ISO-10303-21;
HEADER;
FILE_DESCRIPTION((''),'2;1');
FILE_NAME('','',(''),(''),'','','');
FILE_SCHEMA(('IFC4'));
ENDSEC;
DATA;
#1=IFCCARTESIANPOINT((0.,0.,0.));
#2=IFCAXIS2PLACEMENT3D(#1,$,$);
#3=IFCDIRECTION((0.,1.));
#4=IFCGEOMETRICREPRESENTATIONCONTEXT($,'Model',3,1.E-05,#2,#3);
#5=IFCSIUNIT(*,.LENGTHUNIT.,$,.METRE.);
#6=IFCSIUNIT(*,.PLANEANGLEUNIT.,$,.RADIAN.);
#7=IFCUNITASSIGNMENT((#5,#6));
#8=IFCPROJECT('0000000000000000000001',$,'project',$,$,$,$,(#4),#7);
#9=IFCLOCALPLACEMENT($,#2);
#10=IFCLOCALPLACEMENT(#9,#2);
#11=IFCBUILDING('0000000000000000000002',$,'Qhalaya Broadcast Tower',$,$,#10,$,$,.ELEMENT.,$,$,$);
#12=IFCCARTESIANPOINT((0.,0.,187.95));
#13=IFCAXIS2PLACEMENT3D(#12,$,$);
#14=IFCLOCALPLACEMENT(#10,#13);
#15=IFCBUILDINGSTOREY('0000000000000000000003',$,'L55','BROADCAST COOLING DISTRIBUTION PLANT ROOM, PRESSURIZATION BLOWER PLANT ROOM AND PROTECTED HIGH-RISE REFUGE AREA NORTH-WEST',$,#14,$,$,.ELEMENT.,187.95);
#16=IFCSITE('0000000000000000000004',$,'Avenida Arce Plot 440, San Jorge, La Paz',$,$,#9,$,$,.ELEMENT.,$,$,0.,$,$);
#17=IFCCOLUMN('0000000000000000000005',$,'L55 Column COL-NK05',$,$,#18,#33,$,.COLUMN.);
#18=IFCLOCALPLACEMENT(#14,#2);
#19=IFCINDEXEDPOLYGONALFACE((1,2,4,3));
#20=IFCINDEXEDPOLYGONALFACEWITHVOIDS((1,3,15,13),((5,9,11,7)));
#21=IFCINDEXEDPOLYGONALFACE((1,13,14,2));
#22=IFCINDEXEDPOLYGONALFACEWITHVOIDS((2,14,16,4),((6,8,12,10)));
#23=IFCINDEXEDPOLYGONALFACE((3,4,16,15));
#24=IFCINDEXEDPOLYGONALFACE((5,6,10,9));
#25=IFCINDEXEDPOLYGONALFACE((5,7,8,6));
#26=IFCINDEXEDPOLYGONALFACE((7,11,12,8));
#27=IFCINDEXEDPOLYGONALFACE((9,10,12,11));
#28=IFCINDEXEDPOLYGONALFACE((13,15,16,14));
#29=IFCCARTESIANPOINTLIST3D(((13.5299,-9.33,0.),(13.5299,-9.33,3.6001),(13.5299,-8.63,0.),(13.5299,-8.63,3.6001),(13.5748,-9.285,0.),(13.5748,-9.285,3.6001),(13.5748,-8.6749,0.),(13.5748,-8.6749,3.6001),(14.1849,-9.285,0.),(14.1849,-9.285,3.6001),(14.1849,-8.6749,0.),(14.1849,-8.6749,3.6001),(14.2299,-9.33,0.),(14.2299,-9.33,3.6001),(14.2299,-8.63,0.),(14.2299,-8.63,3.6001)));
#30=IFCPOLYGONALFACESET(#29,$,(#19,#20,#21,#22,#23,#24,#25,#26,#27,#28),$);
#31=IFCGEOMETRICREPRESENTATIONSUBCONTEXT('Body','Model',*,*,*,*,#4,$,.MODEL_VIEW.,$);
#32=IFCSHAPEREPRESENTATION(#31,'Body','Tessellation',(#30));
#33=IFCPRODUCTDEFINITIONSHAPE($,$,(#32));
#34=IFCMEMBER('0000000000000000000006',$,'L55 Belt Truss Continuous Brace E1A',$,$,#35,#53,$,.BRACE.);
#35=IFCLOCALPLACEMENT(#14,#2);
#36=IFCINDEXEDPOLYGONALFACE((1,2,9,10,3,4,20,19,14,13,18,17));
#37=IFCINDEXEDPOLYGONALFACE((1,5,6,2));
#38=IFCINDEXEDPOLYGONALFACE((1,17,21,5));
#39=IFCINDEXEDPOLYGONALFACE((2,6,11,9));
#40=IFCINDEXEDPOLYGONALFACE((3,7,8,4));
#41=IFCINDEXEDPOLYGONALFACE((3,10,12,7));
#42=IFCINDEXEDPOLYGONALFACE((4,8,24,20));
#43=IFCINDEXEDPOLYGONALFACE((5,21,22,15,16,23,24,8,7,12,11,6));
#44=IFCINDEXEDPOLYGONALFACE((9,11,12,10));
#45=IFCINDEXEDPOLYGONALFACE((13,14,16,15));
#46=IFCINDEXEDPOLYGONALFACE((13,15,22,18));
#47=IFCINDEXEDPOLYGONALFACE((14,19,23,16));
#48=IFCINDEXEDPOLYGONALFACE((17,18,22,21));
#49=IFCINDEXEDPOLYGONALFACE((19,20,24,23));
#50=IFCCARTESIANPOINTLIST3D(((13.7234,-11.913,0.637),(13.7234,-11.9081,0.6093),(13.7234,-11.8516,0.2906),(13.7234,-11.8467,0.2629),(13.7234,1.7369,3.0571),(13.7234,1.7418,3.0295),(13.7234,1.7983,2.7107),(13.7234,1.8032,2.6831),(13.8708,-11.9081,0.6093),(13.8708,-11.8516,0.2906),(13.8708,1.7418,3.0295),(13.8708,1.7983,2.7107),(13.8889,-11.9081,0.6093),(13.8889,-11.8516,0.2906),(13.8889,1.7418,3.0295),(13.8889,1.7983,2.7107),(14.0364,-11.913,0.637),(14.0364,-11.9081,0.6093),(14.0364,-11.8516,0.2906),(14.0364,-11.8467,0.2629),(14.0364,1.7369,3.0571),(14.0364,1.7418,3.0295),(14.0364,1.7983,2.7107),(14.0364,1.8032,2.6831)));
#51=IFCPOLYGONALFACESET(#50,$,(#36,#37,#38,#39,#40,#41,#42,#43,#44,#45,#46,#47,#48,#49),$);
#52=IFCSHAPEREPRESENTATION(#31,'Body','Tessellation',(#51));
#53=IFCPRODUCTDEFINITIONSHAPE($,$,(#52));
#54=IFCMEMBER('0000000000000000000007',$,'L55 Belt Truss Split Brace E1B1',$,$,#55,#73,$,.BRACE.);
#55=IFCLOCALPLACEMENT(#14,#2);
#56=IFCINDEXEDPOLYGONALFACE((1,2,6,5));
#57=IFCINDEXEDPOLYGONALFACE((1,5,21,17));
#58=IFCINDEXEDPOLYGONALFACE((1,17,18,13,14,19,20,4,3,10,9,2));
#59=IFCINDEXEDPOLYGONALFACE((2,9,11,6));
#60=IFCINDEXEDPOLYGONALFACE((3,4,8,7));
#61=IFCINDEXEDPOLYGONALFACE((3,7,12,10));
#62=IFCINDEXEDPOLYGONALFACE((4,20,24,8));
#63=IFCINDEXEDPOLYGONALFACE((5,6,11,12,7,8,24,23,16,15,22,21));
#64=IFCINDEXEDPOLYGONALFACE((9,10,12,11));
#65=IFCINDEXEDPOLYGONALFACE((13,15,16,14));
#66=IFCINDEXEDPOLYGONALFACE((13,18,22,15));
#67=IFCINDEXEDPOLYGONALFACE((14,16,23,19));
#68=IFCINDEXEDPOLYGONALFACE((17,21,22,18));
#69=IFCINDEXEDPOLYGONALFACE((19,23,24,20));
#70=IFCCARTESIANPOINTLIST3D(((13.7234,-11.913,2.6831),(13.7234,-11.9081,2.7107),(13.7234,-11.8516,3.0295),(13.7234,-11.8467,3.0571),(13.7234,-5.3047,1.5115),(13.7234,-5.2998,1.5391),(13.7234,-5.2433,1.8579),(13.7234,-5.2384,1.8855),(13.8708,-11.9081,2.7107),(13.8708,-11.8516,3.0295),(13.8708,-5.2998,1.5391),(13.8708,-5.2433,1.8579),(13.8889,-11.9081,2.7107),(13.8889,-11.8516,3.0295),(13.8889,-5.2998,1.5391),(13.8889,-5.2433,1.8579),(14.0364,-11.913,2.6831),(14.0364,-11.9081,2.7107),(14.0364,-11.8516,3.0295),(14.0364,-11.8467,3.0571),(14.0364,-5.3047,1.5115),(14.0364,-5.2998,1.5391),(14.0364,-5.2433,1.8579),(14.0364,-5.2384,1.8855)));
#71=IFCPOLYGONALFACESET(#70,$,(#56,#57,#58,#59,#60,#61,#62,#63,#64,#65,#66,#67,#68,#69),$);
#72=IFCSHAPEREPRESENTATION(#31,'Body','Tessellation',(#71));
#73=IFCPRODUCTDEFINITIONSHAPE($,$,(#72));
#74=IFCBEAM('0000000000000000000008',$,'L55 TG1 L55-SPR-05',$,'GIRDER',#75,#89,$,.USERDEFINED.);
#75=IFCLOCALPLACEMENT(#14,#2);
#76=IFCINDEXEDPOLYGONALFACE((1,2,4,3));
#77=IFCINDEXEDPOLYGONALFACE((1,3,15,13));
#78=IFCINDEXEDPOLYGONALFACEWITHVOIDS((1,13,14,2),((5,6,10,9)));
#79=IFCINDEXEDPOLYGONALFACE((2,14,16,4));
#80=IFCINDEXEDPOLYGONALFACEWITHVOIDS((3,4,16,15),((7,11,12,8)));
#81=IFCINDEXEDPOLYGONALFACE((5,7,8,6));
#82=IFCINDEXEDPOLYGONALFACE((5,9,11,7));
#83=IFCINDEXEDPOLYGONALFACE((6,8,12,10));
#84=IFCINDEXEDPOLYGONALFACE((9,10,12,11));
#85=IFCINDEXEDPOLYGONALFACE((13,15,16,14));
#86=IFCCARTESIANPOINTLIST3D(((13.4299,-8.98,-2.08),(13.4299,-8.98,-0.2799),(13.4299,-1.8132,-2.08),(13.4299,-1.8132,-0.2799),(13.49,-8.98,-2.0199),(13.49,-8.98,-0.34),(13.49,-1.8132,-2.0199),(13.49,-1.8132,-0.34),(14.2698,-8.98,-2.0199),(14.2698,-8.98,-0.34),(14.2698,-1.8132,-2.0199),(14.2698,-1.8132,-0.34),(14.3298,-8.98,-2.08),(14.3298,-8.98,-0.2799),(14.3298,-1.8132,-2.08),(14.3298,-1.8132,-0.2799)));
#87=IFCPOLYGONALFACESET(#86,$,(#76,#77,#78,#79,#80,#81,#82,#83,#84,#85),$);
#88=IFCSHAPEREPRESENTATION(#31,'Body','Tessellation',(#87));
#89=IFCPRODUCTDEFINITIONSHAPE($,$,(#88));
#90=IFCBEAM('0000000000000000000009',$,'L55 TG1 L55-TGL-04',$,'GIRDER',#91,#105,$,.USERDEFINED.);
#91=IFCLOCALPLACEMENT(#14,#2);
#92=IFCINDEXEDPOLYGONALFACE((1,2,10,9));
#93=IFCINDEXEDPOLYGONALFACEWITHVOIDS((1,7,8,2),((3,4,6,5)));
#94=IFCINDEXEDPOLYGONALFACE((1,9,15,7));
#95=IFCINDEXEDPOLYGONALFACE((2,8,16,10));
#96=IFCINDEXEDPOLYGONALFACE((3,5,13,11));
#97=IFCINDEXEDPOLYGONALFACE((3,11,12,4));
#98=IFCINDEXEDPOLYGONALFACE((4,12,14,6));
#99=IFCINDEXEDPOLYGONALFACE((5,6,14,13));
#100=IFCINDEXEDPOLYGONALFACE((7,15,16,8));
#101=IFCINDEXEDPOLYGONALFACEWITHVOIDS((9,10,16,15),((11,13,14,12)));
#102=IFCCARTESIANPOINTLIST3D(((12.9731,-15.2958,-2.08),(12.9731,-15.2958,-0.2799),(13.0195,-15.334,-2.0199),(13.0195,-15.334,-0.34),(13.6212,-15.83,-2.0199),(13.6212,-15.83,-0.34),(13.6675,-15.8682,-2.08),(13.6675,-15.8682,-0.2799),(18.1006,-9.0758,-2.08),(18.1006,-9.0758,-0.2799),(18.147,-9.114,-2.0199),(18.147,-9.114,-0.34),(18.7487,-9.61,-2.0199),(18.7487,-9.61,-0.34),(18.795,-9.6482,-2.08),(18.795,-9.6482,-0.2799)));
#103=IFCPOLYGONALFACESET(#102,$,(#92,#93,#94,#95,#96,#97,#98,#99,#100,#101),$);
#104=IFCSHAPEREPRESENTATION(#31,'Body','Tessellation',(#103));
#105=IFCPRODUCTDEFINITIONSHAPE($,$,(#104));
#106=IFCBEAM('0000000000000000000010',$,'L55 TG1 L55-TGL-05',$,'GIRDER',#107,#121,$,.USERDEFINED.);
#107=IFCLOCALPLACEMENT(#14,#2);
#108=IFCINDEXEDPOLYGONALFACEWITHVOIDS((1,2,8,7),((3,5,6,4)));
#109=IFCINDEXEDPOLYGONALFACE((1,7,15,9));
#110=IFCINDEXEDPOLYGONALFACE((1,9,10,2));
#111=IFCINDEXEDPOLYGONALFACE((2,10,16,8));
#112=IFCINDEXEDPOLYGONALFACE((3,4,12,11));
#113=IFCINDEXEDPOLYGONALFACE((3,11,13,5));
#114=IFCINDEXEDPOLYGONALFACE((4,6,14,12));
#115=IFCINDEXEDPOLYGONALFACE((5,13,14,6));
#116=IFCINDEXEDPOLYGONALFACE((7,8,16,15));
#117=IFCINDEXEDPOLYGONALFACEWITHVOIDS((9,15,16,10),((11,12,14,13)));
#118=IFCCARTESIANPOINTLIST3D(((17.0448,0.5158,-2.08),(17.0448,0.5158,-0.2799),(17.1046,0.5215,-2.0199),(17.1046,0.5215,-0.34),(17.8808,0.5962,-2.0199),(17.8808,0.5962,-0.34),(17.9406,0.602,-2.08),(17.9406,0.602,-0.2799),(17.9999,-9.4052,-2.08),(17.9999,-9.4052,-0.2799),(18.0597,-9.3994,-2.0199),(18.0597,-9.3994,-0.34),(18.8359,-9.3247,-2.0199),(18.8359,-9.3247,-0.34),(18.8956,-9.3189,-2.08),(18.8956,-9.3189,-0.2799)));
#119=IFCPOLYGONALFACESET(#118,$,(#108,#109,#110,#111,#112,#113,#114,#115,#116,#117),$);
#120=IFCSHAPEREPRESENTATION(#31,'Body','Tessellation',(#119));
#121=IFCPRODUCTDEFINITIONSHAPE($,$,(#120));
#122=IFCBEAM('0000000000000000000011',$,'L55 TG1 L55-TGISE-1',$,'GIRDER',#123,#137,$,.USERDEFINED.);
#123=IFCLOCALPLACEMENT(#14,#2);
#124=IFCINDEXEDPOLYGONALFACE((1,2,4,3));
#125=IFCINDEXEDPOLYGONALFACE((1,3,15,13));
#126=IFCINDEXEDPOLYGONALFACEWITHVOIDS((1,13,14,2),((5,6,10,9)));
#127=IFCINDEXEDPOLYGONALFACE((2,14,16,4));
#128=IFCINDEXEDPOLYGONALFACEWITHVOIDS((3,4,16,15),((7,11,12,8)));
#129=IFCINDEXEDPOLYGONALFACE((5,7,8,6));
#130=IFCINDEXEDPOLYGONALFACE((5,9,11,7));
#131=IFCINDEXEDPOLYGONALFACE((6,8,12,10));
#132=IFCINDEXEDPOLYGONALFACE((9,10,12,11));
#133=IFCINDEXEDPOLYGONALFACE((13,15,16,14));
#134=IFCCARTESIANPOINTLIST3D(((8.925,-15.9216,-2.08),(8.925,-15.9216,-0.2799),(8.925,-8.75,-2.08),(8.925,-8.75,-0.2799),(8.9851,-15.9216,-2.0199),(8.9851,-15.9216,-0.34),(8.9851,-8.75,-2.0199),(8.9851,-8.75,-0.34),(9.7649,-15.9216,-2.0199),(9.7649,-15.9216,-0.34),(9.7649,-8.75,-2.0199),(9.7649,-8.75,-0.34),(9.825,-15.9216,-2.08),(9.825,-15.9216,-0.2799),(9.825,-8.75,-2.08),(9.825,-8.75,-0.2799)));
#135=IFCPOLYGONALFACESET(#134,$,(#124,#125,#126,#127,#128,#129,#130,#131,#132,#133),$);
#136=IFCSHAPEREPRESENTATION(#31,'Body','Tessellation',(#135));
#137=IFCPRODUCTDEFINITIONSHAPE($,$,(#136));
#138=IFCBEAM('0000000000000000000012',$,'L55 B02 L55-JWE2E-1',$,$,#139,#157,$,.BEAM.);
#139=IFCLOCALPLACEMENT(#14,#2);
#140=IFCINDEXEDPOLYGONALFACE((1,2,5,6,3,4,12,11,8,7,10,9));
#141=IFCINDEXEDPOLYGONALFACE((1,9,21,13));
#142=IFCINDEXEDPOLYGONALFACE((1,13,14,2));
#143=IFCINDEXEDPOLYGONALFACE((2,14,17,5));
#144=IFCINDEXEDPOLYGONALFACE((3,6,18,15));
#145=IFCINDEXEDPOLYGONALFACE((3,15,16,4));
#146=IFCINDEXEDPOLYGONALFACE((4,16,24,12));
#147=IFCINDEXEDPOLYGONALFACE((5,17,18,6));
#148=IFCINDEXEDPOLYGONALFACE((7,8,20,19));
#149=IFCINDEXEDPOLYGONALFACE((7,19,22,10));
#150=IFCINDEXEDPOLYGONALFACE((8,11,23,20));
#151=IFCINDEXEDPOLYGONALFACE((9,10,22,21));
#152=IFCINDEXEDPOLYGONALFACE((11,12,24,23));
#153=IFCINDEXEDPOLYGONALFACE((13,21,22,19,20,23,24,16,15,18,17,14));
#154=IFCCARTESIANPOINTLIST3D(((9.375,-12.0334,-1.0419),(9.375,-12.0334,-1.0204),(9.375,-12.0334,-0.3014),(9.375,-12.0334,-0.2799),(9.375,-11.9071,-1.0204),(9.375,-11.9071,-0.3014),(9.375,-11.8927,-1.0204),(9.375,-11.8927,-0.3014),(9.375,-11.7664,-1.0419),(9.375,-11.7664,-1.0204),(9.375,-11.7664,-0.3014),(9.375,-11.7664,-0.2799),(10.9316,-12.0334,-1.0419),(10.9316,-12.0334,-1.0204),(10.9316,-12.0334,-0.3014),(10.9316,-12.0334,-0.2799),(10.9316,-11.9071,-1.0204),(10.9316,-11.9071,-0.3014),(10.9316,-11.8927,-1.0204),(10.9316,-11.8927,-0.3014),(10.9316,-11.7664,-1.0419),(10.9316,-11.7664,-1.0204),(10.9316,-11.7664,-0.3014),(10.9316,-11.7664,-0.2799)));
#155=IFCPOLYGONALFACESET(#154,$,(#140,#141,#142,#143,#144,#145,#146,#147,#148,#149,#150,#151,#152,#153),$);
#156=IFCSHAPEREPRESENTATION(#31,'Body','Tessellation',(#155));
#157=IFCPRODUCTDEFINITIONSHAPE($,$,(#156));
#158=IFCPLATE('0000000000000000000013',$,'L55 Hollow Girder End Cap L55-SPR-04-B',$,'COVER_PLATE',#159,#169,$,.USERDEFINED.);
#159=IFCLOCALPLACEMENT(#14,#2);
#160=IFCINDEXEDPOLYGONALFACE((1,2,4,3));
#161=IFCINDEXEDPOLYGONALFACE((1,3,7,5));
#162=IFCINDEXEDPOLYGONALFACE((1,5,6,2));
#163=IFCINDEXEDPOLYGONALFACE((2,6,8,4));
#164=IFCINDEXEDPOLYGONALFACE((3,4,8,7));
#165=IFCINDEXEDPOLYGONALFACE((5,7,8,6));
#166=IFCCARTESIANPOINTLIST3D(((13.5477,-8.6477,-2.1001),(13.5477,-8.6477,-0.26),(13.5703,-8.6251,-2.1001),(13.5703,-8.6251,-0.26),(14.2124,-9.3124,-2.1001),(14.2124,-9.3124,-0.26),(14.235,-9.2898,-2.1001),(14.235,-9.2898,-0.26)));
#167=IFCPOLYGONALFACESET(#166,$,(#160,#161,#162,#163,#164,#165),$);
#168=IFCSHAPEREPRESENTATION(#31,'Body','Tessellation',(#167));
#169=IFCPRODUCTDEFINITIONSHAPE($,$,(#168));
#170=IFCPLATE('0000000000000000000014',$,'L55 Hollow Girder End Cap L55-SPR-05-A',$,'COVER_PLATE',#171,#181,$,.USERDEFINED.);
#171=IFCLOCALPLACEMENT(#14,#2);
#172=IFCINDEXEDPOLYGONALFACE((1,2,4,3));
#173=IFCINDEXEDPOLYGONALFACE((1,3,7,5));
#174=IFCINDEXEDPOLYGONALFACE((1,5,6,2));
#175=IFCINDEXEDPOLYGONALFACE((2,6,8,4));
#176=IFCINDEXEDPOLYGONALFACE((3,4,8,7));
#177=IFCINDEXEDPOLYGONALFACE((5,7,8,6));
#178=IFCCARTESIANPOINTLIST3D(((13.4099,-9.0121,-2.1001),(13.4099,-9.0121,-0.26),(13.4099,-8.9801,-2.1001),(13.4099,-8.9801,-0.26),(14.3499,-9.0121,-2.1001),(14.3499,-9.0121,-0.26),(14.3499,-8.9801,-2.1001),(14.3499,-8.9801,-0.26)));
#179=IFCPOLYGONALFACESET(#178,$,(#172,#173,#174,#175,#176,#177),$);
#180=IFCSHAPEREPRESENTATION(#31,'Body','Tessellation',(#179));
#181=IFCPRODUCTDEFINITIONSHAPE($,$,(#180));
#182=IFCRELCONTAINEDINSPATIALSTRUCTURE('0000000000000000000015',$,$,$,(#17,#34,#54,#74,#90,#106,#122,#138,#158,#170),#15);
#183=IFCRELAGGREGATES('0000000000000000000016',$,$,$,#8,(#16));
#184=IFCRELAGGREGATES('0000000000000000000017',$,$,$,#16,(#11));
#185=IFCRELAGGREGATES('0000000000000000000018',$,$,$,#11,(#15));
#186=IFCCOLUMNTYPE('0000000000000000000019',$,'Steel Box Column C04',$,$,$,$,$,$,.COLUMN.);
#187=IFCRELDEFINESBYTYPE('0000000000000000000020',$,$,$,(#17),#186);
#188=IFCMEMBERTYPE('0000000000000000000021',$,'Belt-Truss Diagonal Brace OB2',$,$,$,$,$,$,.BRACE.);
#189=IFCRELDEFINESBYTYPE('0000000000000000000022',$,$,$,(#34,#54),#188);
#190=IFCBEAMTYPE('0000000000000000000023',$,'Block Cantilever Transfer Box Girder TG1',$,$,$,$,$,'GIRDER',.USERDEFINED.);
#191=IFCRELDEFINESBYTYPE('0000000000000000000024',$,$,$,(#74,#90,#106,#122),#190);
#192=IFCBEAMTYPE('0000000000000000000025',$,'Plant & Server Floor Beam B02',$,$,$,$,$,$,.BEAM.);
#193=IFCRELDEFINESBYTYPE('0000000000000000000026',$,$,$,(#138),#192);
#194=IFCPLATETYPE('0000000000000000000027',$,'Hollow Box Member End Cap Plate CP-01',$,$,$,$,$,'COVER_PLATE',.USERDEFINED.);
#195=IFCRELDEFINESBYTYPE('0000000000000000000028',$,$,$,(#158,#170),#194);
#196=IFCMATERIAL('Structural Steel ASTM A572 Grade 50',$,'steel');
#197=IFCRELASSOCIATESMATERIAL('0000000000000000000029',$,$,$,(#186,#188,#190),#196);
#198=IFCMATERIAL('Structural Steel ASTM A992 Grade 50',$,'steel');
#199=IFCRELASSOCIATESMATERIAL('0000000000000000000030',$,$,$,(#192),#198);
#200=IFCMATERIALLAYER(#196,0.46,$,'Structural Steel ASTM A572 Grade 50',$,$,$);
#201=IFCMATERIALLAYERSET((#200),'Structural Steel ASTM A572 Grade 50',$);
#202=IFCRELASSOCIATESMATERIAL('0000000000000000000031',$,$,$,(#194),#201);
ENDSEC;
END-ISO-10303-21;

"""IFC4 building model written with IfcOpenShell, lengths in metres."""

from ifc_helpers import new_model, si_unit, direction, frame, origin, origin_2d, place, context, subcontext, project, spatial, rectangle, hollow_rectangle, i_section, extrude, material, layer, layer_set, material_profile, profile_set, type_object, element, save


model = new_model("IFC4")

# Units and contexts
model_context = context("Model", 3, precision=1e-05, world=origin(), true_north=direction((0.0, 1.0)))
body_context = subcontext(model_context, "Body", "Model", "MODEL_VIEW")
ifc_project = project(units=[si_unit("LENGTHUNIT", "METRE"), si_unit("PLANEANGLEUNIT", "RADIAN")], contexts=[model_context])

# Site, building, storey
site_placement = place(None, origin())
site = spatial("IfcSite", under=ifc_project, at=site_placement, Name="Avenida Arce Plot 440, San Jorge, La Paz", CompositionType="ELEMENT", RefElevation=0.0)
building_placement = place(site_placement, origin())
building = spatial("IfcBuilding", under=site, at=building_placement, Name="Qhalaya Broadcast Tower", CompositionType="ELEMENT")
storey_placement = place(building_placement, frame((0.0, 0.0, 187.95)))
storey = spatial("IfcBuildingStorey", under=building, at=storey_placement, Name="L55", Description="BROADCAST COOLING DISTRIBUTION PLANT ROOM, PRESSURIZATION BLOWER PLANT ROOM AND PROTECTED HIGH-RISE REFUGE AREA NORTH-WEST", CompositionType="ELEMENT", Elevation=187.95)

# Column
ifc_material_1 = material(Name="Structural Steel ASTM A572 Grade 50", Category="steel")
ifc_material_profile_1 = material_profile(ifc_material_1, hollow_rectangle(XDim=0.7, YDim=0.7, WallThickness=0.0449, at=origin_2d()), Name="BOX 700x700x45")
ifc_profile_set_1 = profile_set([ifc_material_profile_1], Name="Structural Steel ASTM A572 Grade 50")
column_type = type_object("IfcColumnType", Name="Steel Box Column C04", PredefinedType="COLUMN", material=ifc_profile_set_1)
column_placement = place(storey_placement, frame((13.8799, -8.98, 0.0), z_axis=(0.0, 0.0, 1.0), x_axis=(0.0, 1.0, 0.0)))
element("IfcColumn", 1, at=column_placement, inside=storey, type_object=column_type, Name="L55 Column COL-NK05", PredefinedType="COLUMN", context=body_context, shape_type="SweptSolid", body=[
    extrude(hollow_rectangle(XDim=0.7, YDim=0.7, WallThickness=0.0449, at=origin_2d()), origin(), (0.0, 0.0, 1.0), 3.6001),
])

# Members
ifc_material_profile_2 = material_profile(ifc_material_1, i_section(OverallWidth=0.313, OverallDepth=0.3799, WebThickness=0.0181, FlangeThickness=0.0281, at=origin_2d()), Name="W12X120")
ifc_profile_set_2 = profile_set([ifc_material_profile_2], Name="Structural Steel ASTM A572 Grade 50")
member_type = type_object("IfcMemberType", Name="Belt-Truss Diagonal Brace OB2", PredefinedType="BRACE", material=ifc_profile_set_2)
member_1_placement = place(storey_placement, frame((13.8799, -11.8799, 0.45), z_axis=(0.0, 0.984643, 0.17458), x_axis=(-1.0, 0.0, 0.0)))
element("IfcMember", 2, at=member_1_placement, inside=storey, type_object=member_type, Name="L55 Belt Truss Continuous Brace E1A", PredefinedType="BRACE", context=body_context, shape_type="SweptSolid", body=[
    extrude(i_section(OverallWidth=0.313, OverallDepth=0.3799, WebThickness=0.0181, FlangeThickness=0.0281, at=origin_2d()), origin(), (0.0, 0.0, 1.0), 13.8628),
])
member_2_placement = place(storey_placement, frame((13.8799, -11.8799, 2.8701), z_axis=(0.0, 0.984644, -0.174572), x_axis=(-1.0, 0.0, 0.0)))
element("IfcMember", 3, at=member_2_placement, inside=storey, type_object=member_type, Name="L55 Belt Truss Split Brace E1B1", PredefinedType="BRACE", context=body_context, shape_type="SweptSolid", body=[
    extrude(i_section(OverallWidth=0.313, OverallDepth=0.3799, WebThickness=0.0181, FlangeThickness=0.0281, at=origin_2d()), origin(), (0.0, 0.0, 1.0), 6.7114),
])

# Beams
ifc_material_profile_3 = material_profile(ifc_material_1, hollow_rectangle(XDim=0.8999, YDim=1.8, WallThickness=0.0601, at=origin_2d()), Name="BOX 900x1800x60")
ifc_profile_set_3 = profile_set([ifc_material_profile_3], Name="Structural Steel ASTM A572 Grade 50")
beam_type_1 = type_object("IfcBeamType", Name="Block Cantilever Transfer Box Girder TG1", ElementType="GIRDER", PredefinedType="USERDEFINED", material=ifc_profile_set_3)
beam_1_placement = place(storey_placement, frame((13.8799, -8.98, -1.1799), z_axis=(0.0, 1.0, 0.0), x_axis=(-1.0, 0.0, 0.0)))
element("IfcBeam", 4, at=beam_1_placement, inside=storey, type_object=beam_type_1, Name="L55 TG1 L55-SPR-05", ObjectType="GIRDER", PredefinedType="USERDEFINED", context=body_context, shape_type="SweptSolid", body=[
    extrude(hollow_rectangle(XDim=0.8999, YDim=1.8, WallThickness=0.0601, at=origin_2d()), origin(), (0.0, 0.0, 1.0), 7.1667),
])
beam_2_placement = place(storey_placement, frame((13.3203, -15.582, -1.1799), z_axis=(0.636085, 0.771619, 0.0), x_axis=(-0.771619, 0.636085, 0.0)))
element("IfcBeam", 5, at=beam_2_placement, inside=storey, type_object=beam_type_1, Name="L55 TG1 L55-TGL-04", ObjectType="GIRDER", PredefinedType="USERDEFINED", context=body_context, shape_type="SweptSolid", body=[
    extrude(hollow_rectangle(XDim=0.8999, YDim=1.8, WallThickness=0.0601, at=origin_2d()), origin(), (0.0, 0.0, 1.0), 8.061),
])
beam_3_placement = place(storey_placement, frame((18.4478, -9.3621, -1.1799), z_axis=(-0.095826, 0.995398, 0.0), x_axis=(-0.995398, -0.095826, 0.0)))
element("IfcBeam", 6, at=beam_3_placement, inside=storey, type_object=beam_type_1, Name="L55 TG1 L55-TGL-05", ObjectType="GIRDER", PredefinedType="USERDEFINED", context=body_context, shape_type="SweptSolid", body=[
    extrude(hollow_rectangle(XDim=0.8999, YDim=1.8, WallThickness=0.0601, at=origin_2d()), origin(), (0.0, 0.0, 1.0), 9.9668),
])
beam_4_placement = place(storey_placement, frame((9.375, -15.9216, -1.1799), z_axis=(0.0, 1.0, 0.0), x_axis=(-1.0, 0.0, 0.0)))
element("IfcBeam", 7, at=beam_4_placement, inside=storey, type_object=beam_type_1, Name="L55 TG1 L55-TGISE-1", ObjectType="GIRDER", PredefinedType="USERDEFINED", context=body_context, shape_type="SweptSolid", body=[
    extrude(hollow_rectangle(XDim=0.8999, YDim=1.8, WallThickness=0.0601, at=origin_2d()), origin(), (0.0, 0.0, 1.0), 7.1716),
])
ifc_material_2 = material(Name="Structural Steel ASTM A992 Grade 50", Category="steel")
ifc_material_profile_4 = material_profile(ifc_material_2, i_section(OverallWidth=0.2671, OverallDepth=0.762, WebThickness=0.0144, FlangeThickness=0.0215, at=origin_2d()), Name="W30X116")
ifc_profile_set_4 = profile_set([ifc_material_profile_4], Name="Structural Steel ASTM A992 Grade 50")
beam_type_2 = type_object("IfcBeamType", Name="Plant & Server Floor Beam B02", PredefinedType="BEAM", material=ifc_profile_set_4)
beam_5_placement = place(storey_placement, frame((9.375, -11.8999, -0.6609), z_axis=(1.0, 0.0, 0.0), x_axis=(0.0, 1.0, 0.0)))
element("IfcBeam", 8, at=beam_5_placement, inside=storey, type_object=beam_type_2, Name="L55 B02 L55-JWE2E-1", PredefinedType="BEAM", context=body_context, shape_type="SweptSolid", body=[
    extrude(i_section(OverallWidth=0.2671, OverallDepth=0.762, WebThickness=0.0144, FlangeThickness=0.0215, at=origin_2d()), origin(), (0.0, 0.0, 1.0), 1.5566),
])

# Plates
ifc_layer_1 = layer(ifc_material_1, 0.46, Name="Structural Steel ASTM A572 Grade 50")
ifc_layer_set_1 = layer_set([ifc_layer_1], Name="Structural Steel ASTM A572 Grade 50")
plate_type_1 = type_object("IfcPlateType", Name="Hollow Box Member End Cap Plate CP-01", ElementType="COVER_PLATE", PredefinedType="USERDEFINED", material=ifc_layer_set_1)
for number, where, z_axis, x_axis, name in (
    (9, (13.8914, -8.9688, -2.1001), (0.0, 0.0, 1.0), (-0.707107, 0.707107, 0.0), "L55 Hollow Girder End Cap L55-SPR-04-B"),
    (10, (13.8799, -8.9961, -2.1001), (0.0, 0.0, 1.0), (-1.0, 0.0, 0.0), "L55 Hollow Girder End Cap L55-SPR-05-A"),
):
    element("IfcPlate", number, at=place(storey_placement, frame(where, z_axis=z_axis, x_axis=x_axis)), inside=storey, type_object=plate_type_1, Name=name, ObjectType="COVER_PLATE", PredefinedType="USERDEFINED", context=body_context, shape_type="SweptSolid", body=[
        extrude(rectangle(XDim=0.9399, YDim=0.032, at=origin_2d()), origin(), (0.0, 0.0, 1.0), 1.8401),
    ])

save(model, "model.ifc")
